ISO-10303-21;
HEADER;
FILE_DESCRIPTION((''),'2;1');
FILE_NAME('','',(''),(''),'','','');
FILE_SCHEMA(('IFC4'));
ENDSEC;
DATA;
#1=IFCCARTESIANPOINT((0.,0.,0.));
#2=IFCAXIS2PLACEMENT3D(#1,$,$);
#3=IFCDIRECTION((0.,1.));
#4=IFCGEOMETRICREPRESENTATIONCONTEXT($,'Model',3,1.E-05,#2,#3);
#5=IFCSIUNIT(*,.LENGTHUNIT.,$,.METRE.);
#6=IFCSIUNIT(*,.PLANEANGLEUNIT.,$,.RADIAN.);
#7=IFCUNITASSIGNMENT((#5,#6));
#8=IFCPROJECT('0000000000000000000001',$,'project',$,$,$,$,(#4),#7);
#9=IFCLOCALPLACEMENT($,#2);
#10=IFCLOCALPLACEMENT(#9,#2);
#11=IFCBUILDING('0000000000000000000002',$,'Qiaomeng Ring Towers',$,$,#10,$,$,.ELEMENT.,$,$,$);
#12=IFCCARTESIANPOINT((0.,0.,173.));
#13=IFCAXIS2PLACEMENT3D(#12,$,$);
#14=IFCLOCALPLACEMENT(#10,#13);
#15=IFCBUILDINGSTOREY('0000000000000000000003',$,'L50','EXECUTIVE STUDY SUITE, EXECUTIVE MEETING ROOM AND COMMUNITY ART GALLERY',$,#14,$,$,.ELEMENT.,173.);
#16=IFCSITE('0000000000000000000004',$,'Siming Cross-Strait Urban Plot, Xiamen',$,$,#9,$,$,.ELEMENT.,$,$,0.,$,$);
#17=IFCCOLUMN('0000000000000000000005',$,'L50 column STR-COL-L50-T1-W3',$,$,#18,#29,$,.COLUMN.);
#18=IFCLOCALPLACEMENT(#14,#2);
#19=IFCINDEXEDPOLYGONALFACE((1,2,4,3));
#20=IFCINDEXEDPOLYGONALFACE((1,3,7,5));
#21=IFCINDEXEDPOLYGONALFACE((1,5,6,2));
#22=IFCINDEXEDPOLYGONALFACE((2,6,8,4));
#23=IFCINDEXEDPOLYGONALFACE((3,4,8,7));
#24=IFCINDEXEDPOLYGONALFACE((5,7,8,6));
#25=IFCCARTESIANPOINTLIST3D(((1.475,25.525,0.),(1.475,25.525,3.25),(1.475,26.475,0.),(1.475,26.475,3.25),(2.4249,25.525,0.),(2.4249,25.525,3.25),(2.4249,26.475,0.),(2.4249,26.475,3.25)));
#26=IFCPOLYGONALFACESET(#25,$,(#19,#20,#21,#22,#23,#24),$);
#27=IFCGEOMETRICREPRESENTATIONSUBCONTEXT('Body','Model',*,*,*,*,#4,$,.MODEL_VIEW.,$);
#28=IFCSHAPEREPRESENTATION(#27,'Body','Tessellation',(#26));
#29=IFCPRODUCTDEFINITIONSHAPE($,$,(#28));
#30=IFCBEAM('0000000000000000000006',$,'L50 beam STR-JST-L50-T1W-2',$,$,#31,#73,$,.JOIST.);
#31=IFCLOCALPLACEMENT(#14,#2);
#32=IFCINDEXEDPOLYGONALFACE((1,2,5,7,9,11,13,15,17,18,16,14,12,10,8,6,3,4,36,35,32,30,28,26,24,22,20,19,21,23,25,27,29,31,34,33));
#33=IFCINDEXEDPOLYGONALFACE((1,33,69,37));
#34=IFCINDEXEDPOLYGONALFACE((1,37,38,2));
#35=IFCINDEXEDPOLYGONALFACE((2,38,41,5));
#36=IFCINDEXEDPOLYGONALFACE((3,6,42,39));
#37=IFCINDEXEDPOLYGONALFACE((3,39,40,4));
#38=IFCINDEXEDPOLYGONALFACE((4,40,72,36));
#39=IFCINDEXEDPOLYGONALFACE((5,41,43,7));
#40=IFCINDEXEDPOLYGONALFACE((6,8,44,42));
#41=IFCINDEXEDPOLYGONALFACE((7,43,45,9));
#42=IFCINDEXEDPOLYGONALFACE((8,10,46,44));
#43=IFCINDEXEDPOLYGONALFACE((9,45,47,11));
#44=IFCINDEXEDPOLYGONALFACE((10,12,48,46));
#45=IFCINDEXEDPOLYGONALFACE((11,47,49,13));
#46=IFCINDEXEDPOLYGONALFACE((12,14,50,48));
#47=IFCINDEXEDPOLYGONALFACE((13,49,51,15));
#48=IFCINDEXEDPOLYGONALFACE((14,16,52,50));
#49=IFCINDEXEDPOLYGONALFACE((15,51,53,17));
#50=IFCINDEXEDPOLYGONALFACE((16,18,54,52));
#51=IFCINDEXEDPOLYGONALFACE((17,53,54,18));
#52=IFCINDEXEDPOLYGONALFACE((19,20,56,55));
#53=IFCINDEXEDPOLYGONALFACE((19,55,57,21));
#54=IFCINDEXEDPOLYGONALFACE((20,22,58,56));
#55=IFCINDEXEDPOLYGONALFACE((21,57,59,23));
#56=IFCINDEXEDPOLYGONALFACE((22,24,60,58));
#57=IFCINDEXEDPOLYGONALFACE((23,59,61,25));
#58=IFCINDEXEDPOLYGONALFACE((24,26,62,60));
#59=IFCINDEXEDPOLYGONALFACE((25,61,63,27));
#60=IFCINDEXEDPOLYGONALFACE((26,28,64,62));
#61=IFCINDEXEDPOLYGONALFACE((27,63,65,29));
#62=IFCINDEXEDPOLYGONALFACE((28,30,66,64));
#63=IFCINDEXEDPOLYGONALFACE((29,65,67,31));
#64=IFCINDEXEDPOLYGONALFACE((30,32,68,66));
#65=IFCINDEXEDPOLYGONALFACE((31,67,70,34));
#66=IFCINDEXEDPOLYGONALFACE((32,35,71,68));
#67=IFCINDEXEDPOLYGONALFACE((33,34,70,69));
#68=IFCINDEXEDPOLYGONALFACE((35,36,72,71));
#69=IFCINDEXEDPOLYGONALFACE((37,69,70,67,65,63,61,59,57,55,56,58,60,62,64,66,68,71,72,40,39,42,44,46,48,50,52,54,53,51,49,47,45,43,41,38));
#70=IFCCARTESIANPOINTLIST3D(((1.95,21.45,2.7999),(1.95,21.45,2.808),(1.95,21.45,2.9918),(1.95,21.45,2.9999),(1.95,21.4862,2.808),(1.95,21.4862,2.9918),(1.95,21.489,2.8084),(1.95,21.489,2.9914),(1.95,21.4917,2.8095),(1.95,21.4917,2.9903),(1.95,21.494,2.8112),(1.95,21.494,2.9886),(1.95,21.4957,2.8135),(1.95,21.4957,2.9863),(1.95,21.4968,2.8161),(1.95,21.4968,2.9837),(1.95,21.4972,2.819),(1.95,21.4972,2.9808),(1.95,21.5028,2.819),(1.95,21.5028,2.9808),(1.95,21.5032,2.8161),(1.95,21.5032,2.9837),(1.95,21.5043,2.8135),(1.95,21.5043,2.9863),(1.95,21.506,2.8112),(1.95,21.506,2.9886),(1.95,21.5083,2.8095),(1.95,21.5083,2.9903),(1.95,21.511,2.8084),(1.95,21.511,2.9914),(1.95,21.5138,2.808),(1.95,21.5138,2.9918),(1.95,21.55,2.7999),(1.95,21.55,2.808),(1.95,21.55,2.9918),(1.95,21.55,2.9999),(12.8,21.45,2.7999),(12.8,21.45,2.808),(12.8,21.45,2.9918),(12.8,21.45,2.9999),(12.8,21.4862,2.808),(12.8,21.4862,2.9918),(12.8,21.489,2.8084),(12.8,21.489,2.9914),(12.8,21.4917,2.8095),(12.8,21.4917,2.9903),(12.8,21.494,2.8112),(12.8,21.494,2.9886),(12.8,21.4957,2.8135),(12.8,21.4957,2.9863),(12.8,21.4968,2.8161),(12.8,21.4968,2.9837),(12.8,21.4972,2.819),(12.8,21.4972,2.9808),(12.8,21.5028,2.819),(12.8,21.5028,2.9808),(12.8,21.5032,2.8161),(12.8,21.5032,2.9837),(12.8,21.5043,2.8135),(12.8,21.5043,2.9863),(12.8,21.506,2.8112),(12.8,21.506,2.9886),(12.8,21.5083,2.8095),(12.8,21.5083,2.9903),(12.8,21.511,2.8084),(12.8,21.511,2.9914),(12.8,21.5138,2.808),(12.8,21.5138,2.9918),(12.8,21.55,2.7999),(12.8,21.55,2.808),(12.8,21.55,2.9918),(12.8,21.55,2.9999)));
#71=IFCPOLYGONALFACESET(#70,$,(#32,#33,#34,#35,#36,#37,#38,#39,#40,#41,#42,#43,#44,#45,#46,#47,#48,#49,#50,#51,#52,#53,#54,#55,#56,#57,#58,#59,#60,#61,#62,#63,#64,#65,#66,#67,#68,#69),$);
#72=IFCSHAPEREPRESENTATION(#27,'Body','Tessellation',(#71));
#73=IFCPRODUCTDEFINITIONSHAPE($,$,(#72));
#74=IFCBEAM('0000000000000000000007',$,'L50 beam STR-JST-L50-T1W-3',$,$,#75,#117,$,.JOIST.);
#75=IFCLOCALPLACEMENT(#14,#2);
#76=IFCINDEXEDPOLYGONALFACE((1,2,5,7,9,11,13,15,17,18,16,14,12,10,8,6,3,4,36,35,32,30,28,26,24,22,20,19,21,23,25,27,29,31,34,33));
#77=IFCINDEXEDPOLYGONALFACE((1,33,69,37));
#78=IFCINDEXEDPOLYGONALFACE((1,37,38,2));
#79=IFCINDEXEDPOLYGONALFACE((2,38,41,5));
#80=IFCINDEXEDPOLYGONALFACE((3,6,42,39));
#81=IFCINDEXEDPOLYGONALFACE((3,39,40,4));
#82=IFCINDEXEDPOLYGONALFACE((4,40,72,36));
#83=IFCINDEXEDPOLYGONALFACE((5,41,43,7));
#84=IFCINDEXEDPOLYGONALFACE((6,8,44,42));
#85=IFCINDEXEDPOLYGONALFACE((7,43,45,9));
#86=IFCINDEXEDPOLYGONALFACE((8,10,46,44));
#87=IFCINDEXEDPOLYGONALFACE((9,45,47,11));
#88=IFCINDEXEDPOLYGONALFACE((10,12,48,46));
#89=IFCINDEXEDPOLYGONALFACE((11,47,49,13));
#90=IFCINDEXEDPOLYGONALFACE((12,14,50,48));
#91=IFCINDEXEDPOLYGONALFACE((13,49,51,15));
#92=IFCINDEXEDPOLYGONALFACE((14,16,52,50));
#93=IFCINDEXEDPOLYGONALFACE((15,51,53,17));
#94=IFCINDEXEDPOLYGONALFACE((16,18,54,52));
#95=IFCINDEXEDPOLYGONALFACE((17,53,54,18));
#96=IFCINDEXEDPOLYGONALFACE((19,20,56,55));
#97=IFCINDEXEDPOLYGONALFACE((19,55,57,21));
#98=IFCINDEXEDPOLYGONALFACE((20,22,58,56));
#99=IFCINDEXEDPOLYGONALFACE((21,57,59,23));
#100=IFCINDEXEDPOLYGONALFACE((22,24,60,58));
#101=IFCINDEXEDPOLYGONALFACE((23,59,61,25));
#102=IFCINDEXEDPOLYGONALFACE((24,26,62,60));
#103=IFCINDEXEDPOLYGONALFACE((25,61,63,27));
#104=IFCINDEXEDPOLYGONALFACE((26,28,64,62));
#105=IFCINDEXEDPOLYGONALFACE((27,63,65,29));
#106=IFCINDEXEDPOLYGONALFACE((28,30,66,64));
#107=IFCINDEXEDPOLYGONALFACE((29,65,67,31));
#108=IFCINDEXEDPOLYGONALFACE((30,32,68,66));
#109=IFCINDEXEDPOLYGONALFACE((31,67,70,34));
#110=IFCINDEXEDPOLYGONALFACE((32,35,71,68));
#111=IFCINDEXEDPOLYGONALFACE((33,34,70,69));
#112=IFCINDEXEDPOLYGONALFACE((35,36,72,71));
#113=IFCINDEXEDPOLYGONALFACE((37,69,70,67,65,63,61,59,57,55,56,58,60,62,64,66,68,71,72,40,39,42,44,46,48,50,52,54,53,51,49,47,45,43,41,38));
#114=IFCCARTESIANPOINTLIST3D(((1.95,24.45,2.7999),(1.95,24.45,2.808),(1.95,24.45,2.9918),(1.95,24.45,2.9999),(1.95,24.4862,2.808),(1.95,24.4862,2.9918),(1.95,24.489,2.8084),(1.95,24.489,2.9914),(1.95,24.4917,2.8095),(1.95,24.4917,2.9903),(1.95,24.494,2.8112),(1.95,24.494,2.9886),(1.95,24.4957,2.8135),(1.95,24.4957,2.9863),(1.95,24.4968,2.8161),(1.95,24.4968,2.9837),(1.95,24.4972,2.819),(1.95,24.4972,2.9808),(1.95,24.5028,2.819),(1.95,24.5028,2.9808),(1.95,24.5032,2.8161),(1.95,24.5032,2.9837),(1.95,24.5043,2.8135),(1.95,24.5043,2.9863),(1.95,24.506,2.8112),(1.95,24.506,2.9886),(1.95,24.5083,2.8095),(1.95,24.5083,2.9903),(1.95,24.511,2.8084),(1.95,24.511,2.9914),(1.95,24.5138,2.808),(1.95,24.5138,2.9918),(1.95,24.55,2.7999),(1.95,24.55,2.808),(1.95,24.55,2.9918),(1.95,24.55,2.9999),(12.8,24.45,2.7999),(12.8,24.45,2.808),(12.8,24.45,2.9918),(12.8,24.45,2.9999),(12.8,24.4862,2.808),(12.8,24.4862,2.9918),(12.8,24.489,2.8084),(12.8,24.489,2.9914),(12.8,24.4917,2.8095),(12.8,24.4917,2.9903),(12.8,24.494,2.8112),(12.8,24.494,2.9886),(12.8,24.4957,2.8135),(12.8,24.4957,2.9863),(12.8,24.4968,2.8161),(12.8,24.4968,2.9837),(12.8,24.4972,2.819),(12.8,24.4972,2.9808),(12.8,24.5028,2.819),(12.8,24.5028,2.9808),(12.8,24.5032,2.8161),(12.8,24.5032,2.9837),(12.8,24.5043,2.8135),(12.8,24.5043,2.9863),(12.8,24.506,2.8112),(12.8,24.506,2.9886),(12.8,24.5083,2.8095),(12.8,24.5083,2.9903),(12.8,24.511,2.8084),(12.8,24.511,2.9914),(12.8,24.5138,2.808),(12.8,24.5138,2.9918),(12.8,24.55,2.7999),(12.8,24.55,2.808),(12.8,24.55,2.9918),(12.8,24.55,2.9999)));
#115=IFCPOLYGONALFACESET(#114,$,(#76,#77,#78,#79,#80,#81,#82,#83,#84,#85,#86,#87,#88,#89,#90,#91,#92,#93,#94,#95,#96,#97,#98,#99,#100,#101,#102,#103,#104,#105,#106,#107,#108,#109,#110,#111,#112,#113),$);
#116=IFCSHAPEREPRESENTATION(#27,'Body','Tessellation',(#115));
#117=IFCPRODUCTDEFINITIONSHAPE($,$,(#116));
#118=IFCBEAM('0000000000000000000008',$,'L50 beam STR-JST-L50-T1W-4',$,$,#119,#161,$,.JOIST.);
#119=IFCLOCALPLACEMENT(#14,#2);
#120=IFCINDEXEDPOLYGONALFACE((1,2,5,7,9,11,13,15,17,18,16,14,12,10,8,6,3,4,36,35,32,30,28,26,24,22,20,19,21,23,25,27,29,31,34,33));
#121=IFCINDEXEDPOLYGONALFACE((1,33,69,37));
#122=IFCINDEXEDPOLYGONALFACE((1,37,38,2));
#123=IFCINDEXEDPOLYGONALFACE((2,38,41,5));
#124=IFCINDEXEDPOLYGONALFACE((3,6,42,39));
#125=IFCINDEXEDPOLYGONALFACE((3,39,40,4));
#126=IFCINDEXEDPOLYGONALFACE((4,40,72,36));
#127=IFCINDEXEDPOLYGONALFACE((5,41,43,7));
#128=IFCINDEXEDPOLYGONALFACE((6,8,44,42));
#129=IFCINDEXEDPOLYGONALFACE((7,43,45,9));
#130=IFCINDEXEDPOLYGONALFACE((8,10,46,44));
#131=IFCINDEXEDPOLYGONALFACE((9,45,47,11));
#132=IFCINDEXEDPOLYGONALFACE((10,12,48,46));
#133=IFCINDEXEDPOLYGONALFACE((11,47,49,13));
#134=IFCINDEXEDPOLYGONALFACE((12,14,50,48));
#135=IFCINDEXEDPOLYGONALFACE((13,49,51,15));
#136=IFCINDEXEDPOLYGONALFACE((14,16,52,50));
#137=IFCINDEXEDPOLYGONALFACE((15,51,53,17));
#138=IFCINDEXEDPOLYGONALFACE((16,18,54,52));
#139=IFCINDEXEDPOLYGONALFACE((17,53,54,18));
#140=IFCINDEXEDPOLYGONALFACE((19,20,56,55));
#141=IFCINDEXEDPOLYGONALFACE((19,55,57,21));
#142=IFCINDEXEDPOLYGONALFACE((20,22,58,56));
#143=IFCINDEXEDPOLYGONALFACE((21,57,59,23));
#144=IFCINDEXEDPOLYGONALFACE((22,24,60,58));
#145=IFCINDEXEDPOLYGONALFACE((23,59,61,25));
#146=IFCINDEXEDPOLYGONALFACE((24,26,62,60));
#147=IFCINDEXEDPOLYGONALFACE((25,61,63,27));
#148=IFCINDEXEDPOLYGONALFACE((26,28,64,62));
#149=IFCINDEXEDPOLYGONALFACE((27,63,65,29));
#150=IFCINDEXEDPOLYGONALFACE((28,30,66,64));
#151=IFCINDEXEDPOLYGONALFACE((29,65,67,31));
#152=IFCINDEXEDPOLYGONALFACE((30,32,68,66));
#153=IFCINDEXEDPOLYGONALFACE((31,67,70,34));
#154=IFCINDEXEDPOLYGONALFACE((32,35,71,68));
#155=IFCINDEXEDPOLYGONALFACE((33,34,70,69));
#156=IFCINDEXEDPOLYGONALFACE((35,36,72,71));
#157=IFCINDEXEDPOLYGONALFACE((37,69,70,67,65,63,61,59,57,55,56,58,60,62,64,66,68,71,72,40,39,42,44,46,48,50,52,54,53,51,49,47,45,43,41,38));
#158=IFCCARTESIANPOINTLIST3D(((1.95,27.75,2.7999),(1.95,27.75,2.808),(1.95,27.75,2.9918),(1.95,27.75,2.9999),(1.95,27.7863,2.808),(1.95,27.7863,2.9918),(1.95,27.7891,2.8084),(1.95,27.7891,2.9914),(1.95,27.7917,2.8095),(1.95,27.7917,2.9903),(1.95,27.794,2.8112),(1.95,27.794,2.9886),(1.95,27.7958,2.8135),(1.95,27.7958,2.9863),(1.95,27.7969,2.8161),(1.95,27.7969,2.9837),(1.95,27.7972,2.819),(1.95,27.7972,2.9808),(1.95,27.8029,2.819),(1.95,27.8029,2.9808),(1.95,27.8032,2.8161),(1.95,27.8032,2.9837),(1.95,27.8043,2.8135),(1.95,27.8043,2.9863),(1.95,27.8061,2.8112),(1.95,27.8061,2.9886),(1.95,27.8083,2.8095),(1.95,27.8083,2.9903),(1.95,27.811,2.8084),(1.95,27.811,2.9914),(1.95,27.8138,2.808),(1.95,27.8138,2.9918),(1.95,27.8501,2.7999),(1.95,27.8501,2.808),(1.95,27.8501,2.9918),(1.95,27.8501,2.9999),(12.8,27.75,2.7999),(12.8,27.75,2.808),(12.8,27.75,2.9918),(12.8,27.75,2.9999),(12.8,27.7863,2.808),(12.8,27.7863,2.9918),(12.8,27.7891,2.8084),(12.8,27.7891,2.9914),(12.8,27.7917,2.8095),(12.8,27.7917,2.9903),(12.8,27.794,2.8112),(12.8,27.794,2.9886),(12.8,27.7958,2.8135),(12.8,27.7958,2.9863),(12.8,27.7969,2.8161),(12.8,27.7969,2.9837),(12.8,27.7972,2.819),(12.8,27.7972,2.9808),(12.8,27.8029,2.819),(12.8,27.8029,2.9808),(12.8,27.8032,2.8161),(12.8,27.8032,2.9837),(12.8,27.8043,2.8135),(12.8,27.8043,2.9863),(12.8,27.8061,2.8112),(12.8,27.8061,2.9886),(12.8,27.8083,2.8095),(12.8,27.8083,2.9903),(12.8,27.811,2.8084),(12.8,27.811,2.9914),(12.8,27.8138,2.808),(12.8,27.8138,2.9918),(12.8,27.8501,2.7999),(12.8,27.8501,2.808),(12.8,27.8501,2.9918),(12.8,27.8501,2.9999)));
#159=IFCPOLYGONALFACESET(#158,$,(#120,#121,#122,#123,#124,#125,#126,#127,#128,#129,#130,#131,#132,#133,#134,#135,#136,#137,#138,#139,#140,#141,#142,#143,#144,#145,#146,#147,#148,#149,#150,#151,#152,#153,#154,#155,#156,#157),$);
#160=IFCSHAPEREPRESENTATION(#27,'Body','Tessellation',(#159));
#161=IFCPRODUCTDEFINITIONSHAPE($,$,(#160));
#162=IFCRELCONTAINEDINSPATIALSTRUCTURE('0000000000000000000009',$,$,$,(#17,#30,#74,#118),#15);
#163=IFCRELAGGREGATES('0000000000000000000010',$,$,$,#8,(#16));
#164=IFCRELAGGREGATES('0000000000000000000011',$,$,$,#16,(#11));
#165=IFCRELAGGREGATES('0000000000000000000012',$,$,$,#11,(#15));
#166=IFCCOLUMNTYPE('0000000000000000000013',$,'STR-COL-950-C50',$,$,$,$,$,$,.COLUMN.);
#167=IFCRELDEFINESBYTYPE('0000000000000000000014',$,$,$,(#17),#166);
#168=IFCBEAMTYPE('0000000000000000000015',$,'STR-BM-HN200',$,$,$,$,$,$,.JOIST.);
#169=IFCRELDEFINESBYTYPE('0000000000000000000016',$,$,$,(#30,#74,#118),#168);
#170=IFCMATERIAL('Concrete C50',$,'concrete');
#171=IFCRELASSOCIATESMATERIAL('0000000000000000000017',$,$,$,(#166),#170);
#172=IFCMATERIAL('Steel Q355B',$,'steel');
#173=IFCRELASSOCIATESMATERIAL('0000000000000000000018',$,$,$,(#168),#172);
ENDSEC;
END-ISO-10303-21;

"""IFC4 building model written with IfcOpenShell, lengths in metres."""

from ifc_helpers import new_model, si_unit, direction, frame, origin, origin_2d, place, context, subcontext, project, spatial, rectangle, i_section, extrude, source, transform, mapped, material, material_profile, profile_set, type_object, element, save


model = new_model("IFC4")

# Units and contexts
model_context = context("Model", 3, precision=1e-05, world=origin(), true_north=direction((0.0, 1.0)))
body_context = subcontext(model_context, "Body", "Model", "MODEL_VIEW")
ifc_project = project(units=[si_unit("LENGTHUNIT", "METRE"), si_unit("PLANEANGLEUNIT", "RADIAN")], contexts=[model_context])

# Site, building, storey
site_placement = place(None, origin())
site = spatial("IfcSite", under=ifc_project, at=site_placement, Name="Siming Cross-Strait Urban Plot, Xiamen", CompositionType="ELEMENT", RefElevation=0.0)
building_placement = place(site_placement, origin())
building = spatial("IfcBuilding", under=site, at=building_placement, Name="Qiaomeng Ring Towers", CompositionType="ELEMENT")
storey_placement = place(building_placement, frame((0.0, 0.0, 173.0)))
storey = spatial("IfcBuildingStorey", under=building, at=storey_placement, Name="L50", Description="EXECUTIVE STUDY SUITE, EXECUTIVE MEETING ROOM AND COMMUNITY ART GALLERY", CompositionType="ELEMENT", Elevation=173.0)

# Column
ifc_material_1 = material(Name="Concrete C50", Category="concrete")
ifc_material_profile_1 = material_profile(ifc_material_1, rectangle(XDim=0.95, YDim=0.95, at=origin_2d()), Name="RC COL 950x950")
ifc_profile_set_1 = profile_set([ifc_material_profile_1], Name="Concrete C50")
column_type = type_object("IfcColumnType", Name="STR-COL-950-C50", PredefinedType="COLUMN", material=ifc_profile_set_1)
shared_shape_1 = source(origin(), body_context, "Body", "SweptSolid", [
    extrude(rectangle(XDim=0.95, YDim=0.95, at=origin_2d()), origin(), (0.0, 0.0, 1.0), 3.25),
])
column_placement = place(storey_placement, frame((1.95, 26.0, 0.0), z_axis=(0.0, 0.0, 1.0), x_axis=(1.0, 0.0, 0.0)))
element("IfcColumn", 1, at=column_placement, inside=storey, type_object=column_type, Name="L50 column STR-COL-L50-T1-W3", PredefinedType="COLUMN", context=body_context, shape_type="MappedRepresentation", body=[
    mapped(shared_shape_1, transform((0.0, 0.0, 0.0), x_axis=(1.0, 0.0, 0.0), y_axis=(0.0, 1.0, 0.0), z_axis=(0.0, 0.0, 1.0), scale=1.0)),
])

# Beams
ifc_material_2 = material(Name="Steel Q355B", Category="steel")
ifc_material_profile_2 = material_profile(ifc_material_2, i_section(OverallWidth=0.1001, OverallDepth=0.2, WebThickness=0.0056, FlangeThickness=0.0081, FilletRadius=0.011, at=origin_2d()), Name="HN 200x100x5.5x8")
ifc_profile_set_2 = profile_set([ifc_material_profile_2], Name="Steel Q355B")
beam_type_1 = type_object("IfcBeamType", Name="STR-BM-HN200", PredefinedType="JOIST", material=ifc_profile_set_2)
shared_shape_2 = source(origin(), body_context, "Body", "SweptSolid", [
    extrude(i_section(OverallWidth=0.1001, OverallDepth=0.2, WebThickness=0.0056, FlangeThickness=0.0081, FilletRadius=0.011, at=origin_2d()), origin(), (0.0, 0.0, 1.0), 10.8501),
])
for number, where, z_axis, x_axis, name in (
    (2, (1.95, 21.5, 2.8999), (1.0, 0.0, 0.0), (0.0, 1.0, 0.0), "L50 beam STR-JST-L50-T1W-2"),
    (3, (1.95, 24.5, 2.8999), (1.0, 0.0, 0.0), (0.0, 1.0, 0.0), "L50 beam STR-JST-L50-T1W-3"),
    (4, (1.95, 27.8, 2.8999), (1.0, 0.0, 0.0), (0.0, 1.0, 0.0), "L50 beam STR-JST-L50-T1W-4"),
):
    element("IfcBeam", number, at=place(storey_placement, frame(where, z_axis=z_axis, x_axis=x_axis)), inside=storey, type_object=beam_type_1, Name=name, PredefinedType="JOIST", context=body_context, shape_type="MappedRepresentation", body=[
        mapped(shared_shape_2, transform((0.0, 0.0, 0.0), x_axis=(1.0, 0.0, 0.0), y_axis=(0.0, 1.0, 0.0), z_axis=(0.0, 0.0, 1.0), scale=1.0)),
    ])

save(model, "model.ifc")
